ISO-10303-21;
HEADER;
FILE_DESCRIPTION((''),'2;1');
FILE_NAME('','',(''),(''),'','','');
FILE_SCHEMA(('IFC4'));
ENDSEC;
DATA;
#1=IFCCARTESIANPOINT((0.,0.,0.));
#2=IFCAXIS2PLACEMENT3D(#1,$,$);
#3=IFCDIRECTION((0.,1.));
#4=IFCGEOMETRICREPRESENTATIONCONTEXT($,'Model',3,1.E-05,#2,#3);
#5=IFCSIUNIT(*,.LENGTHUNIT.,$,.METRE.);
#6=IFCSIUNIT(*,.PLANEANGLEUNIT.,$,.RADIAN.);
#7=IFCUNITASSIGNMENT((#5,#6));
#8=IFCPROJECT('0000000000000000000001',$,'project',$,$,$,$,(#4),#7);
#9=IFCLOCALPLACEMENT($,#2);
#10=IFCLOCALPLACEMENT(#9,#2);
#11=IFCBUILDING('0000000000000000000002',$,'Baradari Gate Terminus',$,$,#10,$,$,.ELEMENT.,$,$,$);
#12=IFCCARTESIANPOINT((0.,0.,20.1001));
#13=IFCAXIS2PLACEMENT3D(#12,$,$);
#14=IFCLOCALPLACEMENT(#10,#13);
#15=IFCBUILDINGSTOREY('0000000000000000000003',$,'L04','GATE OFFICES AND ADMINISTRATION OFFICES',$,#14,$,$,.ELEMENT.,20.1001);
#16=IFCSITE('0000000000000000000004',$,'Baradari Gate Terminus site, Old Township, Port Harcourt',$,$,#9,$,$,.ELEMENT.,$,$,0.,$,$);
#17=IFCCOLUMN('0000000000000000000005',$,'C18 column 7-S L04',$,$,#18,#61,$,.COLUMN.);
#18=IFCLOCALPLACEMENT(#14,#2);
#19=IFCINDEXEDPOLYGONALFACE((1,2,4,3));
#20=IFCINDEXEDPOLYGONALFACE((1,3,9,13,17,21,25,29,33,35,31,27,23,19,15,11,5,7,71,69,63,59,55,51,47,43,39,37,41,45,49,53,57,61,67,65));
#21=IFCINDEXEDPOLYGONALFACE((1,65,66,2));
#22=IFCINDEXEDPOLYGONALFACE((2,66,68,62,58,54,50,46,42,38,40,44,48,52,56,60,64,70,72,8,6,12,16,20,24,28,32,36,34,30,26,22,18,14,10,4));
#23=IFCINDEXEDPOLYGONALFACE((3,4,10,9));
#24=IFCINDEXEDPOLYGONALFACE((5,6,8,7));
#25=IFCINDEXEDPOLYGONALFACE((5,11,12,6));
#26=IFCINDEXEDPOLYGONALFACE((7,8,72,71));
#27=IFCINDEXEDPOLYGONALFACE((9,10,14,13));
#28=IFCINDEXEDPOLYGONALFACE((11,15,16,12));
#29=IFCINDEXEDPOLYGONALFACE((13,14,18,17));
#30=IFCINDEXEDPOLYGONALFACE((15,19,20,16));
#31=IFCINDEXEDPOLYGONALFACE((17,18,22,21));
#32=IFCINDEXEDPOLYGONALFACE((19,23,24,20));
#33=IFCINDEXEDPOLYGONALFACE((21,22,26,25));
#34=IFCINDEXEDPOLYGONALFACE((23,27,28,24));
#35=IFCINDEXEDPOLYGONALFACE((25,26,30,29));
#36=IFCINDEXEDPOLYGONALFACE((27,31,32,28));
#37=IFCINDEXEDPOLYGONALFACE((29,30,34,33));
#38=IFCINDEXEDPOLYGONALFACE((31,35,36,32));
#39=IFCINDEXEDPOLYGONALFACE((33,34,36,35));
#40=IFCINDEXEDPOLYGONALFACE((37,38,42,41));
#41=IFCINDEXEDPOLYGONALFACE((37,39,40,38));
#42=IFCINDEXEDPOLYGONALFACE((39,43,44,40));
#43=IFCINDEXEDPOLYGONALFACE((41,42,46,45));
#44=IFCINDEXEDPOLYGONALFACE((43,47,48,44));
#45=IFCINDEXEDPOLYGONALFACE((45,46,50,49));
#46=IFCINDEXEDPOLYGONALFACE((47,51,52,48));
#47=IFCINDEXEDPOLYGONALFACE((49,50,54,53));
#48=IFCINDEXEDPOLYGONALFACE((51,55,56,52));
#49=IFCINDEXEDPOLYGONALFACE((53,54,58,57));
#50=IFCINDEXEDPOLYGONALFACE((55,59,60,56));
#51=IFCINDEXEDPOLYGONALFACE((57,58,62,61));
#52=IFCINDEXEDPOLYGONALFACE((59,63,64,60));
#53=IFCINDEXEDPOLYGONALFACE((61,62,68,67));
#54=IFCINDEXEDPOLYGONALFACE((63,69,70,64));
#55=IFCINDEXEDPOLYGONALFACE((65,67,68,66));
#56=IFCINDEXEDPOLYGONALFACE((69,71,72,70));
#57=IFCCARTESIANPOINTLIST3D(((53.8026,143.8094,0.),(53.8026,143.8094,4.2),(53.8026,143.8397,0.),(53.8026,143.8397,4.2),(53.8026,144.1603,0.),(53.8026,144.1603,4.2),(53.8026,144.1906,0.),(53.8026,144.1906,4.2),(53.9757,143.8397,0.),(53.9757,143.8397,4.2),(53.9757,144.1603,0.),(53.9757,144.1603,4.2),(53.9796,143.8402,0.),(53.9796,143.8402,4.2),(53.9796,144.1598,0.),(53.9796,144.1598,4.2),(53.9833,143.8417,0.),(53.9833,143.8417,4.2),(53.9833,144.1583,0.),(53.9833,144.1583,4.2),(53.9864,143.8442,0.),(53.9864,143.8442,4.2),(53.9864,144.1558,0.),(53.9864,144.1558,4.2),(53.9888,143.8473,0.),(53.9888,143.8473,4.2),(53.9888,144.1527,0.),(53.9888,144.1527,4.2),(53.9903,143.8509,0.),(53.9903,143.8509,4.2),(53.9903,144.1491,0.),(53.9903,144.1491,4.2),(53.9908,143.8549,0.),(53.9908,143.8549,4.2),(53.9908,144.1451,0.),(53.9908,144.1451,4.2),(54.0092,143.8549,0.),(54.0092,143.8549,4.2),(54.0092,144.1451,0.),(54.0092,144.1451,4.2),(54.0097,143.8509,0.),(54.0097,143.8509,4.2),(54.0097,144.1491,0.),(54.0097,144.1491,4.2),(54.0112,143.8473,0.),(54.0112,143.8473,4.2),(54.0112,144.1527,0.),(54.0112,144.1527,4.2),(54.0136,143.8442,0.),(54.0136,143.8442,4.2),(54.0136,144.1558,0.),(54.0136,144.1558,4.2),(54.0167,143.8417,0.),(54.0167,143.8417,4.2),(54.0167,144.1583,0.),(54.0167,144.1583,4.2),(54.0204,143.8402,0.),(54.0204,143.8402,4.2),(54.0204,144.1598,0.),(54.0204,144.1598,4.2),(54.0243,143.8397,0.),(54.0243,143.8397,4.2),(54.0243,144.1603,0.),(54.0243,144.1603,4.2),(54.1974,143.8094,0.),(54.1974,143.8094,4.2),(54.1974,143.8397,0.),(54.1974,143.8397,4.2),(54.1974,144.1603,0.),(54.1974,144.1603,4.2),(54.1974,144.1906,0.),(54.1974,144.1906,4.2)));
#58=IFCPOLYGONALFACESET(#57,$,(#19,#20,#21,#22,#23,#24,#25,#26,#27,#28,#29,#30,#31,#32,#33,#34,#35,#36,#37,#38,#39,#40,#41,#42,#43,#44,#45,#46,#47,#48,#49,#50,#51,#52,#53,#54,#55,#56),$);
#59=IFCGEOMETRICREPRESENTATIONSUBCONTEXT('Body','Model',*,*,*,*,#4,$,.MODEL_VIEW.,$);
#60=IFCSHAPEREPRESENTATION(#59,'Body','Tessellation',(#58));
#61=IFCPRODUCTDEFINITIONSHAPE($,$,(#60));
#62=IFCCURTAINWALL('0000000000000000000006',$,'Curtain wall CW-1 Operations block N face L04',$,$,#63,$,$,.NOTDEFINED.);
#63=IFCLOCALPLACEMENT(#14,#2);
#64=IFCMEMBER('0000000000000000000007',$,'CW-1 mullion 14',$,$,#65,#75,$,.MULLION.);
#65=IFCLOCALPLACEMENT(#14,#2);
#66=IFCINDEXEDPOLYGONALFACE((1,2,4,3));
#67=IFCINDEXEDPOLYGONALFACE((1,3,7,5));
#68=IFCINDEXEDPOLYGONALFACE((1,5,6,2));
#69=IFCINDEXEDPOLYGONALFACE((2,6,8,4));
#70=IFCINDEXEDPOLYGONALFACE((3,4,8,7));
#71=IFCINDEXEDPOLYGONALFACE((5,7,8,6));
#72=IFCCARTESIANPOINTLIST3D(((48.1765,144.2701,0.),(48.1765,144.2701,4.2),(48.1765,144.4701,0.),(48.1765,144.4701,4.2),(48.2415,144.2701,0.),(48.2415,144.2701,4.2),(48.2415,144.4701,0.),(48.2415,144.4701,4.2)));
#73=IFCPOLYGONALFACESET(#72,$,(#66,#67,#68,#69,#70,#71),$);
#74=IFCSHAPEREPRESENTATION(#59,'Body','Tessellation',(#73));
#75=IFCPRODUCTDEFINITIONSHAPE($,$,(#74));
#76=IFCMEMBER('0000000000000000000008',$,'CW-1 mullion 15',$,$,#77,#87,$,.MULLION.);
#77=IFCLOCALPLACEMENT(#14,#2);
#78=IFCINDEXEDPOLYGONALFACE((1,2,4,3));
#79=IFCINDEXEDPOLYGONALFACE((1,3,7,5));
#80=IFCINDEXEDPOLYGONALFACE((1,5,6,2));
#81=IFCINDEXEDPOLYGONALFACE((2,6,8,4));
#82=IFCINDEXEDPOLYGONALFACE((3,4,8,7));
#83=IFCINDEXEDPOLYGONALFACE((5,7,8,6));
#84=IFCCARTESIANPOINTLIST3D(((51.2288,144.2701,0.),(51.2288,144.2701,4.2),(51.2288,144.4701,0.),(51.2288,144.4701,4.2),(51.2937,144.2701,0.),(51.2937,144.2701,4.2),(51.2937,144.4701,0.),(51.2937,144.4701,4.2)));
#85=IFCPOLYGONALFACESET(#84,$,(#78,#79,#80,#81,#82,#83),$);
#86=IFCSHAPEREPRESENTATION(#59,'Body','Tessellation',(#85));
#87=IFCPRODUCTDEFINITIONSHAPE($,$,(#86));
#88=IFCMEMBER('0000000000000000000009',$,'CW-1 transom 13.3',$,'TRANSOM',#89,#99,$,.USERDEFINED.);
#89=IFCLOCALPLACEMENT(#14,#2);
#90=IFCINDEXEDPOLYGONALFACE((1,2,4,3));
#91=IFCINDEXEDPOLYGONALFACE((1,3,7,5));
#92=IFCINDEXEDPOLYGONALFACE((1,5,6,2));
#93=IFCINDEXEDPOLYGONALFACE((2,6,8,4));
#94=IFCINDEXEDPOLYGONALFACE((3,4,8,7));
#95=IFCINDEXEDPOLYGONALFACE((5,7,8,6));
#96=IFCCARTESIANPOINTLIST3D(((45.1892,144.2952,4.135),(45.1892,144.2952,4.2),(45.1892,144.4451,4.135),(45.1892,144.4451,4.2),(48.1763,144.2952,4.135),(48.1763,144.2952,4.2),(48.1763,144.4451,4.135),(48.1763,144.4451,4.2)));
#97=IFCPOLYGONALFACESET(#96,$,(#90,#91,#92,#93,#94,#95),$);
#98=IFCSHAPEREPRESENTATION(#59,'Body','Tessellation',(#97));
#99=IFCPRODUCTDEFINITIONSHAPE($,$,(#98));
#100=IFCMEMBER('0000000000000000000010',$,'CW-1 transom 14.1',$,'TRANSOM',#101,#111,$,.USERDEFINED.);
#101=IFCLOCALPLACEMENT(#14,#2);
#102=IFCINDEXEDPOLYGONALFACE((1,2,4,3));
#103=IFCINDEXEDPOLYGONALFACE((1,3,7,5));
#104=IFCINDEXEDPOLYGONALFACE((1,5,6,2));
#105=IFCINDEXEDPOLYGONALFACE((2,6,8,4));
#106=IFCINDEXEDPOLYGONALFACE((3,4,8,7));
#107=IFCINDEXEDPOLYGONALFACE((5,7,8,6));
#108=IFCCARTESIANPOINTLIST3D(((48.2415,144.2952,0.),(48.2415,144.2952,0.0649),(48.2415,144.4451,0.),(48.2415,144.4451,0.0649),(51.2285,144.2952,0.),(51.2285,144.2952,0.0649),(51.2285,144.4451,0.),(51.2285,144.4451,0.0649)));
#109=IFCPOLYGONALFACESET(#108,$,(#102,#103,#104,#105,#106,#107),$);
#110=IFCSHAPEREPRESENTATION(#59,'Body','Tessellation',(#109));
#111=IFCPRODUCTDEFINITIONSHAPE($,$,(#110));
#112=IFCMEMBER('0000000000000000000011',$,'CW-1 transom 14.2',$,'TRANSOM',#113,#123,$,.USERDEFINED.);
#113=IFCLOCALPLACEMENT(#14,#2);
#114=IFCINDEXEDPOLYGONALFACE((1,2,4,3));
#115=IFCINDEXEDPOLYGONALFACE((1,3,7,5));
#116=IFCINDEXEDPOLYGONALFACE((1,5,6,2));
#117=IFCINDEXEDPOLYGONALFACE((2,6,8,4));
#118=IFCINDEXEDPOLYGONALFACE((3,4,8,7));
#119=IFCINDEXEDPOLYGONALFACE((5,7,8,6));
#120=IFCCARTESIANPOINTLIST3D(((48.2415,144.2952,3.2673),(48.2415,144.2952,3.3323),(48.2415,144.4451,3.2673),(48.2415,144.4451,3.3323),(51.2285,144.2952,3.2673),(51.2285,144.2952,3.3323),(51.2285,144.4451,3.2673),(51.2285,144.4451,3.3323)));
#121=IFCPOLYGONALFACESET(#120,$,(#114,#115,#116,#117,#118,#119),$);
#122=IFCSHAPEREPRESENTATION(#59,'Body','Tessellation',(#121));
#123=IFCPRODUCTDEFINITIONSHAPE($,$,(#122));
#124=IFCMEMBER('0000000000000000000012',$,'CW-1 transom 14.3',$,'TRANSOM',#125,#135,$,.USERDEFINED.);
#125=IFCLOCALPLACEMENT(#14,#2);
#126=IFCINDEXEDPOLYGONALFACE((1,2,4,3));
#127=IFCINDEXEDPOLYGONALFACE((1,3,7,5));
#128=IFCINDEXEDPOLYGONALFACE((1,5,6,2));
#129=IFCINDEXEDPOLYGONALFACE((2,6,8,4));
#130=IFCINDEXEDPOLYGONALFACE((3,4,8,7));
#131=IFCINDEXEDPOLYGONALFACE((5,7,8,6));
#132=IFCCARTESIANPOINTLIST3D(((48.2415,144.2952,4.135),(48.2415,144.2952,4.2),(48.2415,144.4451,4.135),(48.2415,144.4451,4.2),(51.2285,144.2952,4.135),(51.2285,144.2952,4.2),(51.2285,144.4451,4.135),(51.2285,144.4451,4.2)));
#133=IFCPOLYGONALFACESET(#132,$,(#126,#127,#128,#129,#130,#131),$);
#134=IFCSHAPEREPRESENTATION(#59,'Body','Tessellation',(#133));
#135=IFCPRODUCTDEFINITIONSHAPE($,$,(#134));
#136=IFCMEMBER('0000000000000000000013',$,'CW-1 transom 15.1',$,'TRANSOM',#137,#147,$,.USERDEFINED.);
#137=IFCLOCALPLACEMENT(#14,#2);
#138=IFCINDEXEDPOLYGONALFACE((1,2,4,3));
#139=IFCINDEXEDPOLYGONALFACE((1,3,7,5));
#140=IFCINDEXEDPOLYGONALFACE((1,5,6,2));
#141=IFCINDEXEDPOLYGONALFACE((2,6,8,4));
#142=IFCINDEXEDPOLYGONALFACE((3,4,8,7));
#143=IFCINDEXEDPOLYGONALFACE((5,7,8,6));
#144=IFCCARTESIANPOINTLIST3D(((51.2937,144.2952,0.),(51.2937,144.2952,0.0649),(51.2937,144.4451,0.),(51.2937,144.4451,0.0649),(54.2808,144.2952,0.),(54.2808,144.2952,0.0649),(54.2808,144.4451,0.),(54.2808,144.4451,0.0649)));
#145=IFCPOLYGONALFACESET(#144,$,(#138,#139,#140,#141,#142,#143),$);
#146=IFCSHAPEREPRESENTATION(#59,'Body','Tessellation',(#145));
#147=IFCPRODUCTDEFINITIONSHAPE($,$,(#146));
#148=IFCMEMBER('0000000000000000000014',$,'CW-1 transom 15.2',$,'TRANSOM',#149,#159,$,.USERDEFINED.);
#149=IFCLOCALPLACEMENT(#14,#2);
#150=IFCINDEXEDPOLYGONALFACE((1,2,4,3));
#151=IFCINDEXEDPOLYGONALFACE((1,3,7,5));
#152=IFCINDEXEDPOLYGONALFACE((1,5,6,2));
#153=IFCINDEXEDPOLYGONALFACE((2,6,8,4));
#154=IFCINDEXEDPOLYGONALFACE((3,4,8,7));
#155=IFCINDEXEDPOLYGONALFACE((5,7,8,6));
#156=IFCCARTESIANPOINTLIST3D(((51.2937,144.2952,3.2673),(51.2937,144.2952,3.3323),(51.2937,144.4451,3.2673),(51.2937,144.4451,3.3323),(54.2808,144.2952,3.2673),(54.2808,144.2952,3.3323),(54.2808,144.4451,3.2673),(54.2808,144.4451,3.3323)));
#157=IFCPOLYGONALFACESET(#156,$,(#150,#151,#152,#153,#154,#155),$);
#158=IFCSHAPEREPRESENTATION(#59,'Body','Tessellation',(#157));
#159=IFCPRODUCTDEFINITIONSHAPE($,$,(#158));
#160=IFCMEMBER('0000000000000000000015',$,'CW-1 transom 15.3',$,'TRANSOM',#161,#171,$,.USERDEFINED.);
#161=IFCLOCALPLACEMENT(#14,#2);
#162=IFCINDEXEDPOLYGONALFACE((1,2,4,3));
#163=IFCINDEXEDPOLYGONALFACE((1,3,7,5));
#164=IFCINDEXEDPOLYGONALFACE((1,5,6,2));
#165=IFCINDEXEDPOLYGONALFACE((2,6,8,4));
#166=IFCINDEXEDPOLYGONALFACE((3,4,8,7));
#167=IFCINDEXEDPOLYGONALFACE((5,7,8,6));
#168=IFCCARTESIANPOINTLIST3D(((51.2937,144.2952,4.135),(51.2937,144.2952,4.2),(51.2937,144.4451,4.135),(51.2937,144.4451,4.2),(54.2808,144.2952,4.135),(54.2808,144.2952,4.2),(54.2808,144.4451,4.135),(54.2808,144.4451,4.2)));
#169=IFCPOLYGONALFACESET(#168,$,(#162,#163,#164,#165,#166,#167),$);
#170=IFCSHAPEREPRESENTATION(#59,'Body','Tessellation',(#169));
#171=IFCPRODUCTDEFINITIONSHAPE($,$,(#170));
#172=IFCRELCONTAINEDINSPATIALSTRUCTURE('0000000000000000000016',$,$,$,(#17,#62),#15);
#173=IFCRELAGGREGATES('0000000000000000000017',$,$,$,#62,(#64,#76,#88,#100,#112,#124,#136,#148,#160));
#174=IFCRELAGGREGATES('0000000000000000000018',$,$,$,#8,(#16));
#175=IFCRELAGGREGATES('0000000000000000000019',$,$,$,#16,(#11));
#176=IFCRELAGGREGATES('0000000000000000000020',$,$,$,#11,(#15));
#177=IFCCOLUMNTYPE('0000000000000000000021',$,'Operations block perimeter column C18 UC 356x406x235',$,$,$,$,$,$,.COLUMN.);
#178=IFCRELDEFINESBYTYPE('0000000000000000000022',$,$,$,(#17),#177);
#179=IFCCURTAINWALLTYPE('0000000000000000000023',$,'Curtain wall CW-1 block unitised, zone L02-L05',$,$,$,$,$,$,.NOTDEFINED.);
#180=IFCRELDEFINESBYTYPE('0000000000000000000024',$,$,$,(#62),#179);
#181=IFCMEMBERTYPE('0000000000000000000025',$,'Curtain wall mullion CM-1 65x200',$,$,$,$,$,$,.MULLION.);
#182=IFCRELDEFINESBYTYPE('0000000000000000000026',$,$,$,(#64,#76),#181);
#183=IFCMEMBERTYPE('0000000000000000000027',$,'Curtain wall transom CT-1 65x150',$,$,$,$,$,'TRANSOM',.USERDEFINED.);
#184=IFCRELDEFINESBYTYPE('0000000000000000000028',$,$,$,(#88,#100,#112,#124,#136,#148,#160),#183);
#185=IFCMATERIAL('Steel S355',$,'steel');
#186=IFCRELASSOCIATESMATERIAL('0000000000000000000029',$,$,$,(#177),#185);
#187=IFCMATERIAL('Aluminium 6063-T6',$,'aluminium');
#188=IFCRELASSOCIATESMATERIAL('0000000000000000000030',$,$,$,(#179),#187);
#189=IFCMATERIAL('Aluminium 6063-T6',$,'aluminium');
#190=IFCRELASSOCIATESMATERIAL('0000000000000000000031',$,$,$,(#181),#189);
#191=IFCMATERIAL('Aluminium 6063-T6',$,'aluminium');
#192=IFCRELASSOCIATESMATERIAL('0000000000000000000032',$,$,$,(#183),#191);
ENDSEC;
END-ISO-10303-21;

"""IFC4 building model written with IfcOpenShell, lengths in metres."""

from ifc_helpers import new_model, si_unit, direction, frame, origin, origin_2d, place, context, subcontext, project, spatial, rectangle, i_section, extrude, material, material_profile, profile_set, type_object, element, aggregate, save


model = new_model("IFC4")

# Units and contexts
model_context = context("Model", 3, precision=1e-05, world=origin(), true_north=direction((0.0, 1.0)))
body_context = subcontext(model_context, "Body", "Model", "MODEL_VIEW")
ifc_project = project(units=[si_unit("LENGTHUNIT", "METRE"), si_unit("PLANEANGLEUNIT", "RADIAN")], contexts=[model_context])

# Site, building, storey
site_placement = place(None, origin())
site = spatial("IfcSite", under=ifc_project, at=site_placement, Name="Baradari Gate Terminus site, Old Township, Port Harcourt", CompositionType="ELEMENT", RefElevation=0.0)
building_placement = place(site_placement, origin())
building = spatial("IfcBuilding", under=site, at=building_placement, Name="Baradari Gate Terminus", CompositionType="ELEMENT")
storey_placement = place(building_placement, frame((0.0, 0.0, 20.1001)))
storey = spatial("IfcBuildingStorey", under=building, at=storey_placement, Name="L04", Description="GATE OFFICES AND ADMINISTRATION OFFICES", CompositionType="ELEMENT", Elevation=20.1001)

# Column
ifc_material_1 = material(Name="Steel S355", Category="steel")
ifc_material_profile_1 = material_profile(ifc_material_1, i_section(OverallWidth=0.3948, OverallDepth=0.3811, WebThickness=0.0183, FlangeThickness=0.0303, FilletRadius=0.0151, at=origin_2d()), Name="UC 356x406x235")
ifc_profile_set_1 = profile_set([ifc_material_profile_1], Name="Steel S355")
column_type = type_object("IfcColumnType", Name="Operations block perimeter column C18 UC 356x406x235", PredefinedType="COLUMN", material=ifc_profile_set_1)
column_placement = place(storey_placement, frame((54.0, 144.0, 0.0), z_axis=(0.0, 0.0, 1.0), x_axis=(1.0, 0.0, 0.0)))
element("IfcColumn", 1, at=column_placement, inside=storey, type_object=column_type, Name="C18 column 7-S L04", PredefinedType="COLUMN", context=body_context, shape_type="SweptSolid", body=[
    extrude(i_section(OverallWidth=0.3948, OverallDepth=0.3811, WebThickness=0.0183, FlangeThickness=0.0303, FilletRadius=0.0151, at=origin_2d()), origin(), (0.0, 0.0, 1.0), 4.2),
])

# Curtain wall, members
ifc_material_2 = material(Name="Aluminium 6063-T6", Category="aluminium")
curtain_wall_type = type_object("IfcCurtainWallType", Name="Curtain wall CW-1 block unitised, zone L02-L05", PredefinedType="NOTDEFINED", material=ifc_material_2)
curtain_wall_placement = place(storey_placement, origin())
curtain_wall = element("IfcCurtainWall", 2, at=curtain_wall_placement, inside=storey, type_object=curtain_wall_type, Name="Curtain wall CW-1 Operations block N face L04", PredefinedType="NOTDEFINED")
ifc_material_3 = material(Name="Aluminium 6063-T6", Category="aluminium")
ifc_material_profile_2 = material_profile(ifc_material_3, rectangle(XDim=0.2, YDim=0.0649, at=origin_2d()), Name="CM-1 65X200")
ifc_profile_set_2 = profile_set([ifc_material_profile_2], Name="Aluminium 6063-T6")
member_type_1 = type_object("IfcMemberType", Name="Curtain wall mullion CM-1 65x200", PredefinedType="MULLION", material=ifc_profile_set_2)
member_1_placement = place(storey_placement, frame((48.209, 144.3701, 0.0), z_axis=(0.0, 0.0, 1.0), x_axis=(0.0, 1.0, 0.0)))
member_1 = element("IfcMember", 3, at=member_1_placement, type_object=member_type_1, Name="CW-1 mullion 14", PredefinedType="MULLION", context=body_context, shape_type="SweptSolid", body=[
    extrude(rectangle(XDim=0.2, YDim=0.0649, at=origin_2d()), origin(), (0.0, 0.0, 1.0), 4.2),
])
member_2_placement = place(storey_placement, frame((51.2612, 144.3701, 0.0), z_axis=(0.0, 0.0, 1.0), x_axis=(0.0, 1.0, 0.0)))
member_2 = element("IfcMember", 4, at=member_2_placement, type_object=member_type_1, Name="CW-1 mullion 15", PredefinedType="MULLION", context=body_context, shape_type="SweptSolid", body=[
    extrude(rectangle(XDim=0.2, YDim=0.0649, at=origin_2d()), origin(), (0.0, 0.0, 1.0), 4.2),
])
ifc_material_4 = material(Name="Aluminium 6063-T6", Category="aluminium")
ifc_material_profile_3 = material_profile(ifc_material_4, rectangle(XDim=0.1499, YDim=0.0649, at=origin_2d()), Name="CT-1 65X150")
ifc_profile_set_3 = profile_set([ifc_material_profile_3], Name="Aluminium 6063-T6")
member_type_2 = type_object("IfcMemberType", Name="Curtain wall transom CT-1 65x150", ElementType="TRANSOM", PredefinedType="USERDEFINED", material=ifc_profile_set_3)
member_3_placement = place(storey_placement, frame((45.1892, 144.3701, 4.1675), z_axis=(1.0, 0.0, 0.0), x_axis=(0.0, 1.0, 0.0)))
member_3 = element("IfcMember", 5, at=member_3_placement, type_object=member_type_2, Name="CW-1 transom 13.3", ObjectType="TRANSOM", PredefinedType="USERDEFINED", context=body_context, shape_type="SweptSolid", body=[
    extrude(rectangle(XDim=0.1499, YDim=0.0649, at=origin_2d()), origin(), (0.0, 0.0, 1.0), 2.9871),
])
member_4_placement = place(storey_placement, frame((48.2415, 144.3701, 0.0325), z_axis=(1.0, 0.0, 0.0), x_axis=(0.0, 1.0, 0.0)))
member_4 = element("IfcMember", 6, at=member_4_placement, type_object=member_type_2, Name="CW-1 transom 14.1", ObjectType="TRANSOM", PredefinedType="USERDEFINED", context=body_context, shape_type="SweptSolid", body=[
    extrude(rectangle(XDim=0.1499, YDim=0.0649, at=origin_2d()), origin(), (0.0, 0.0, 1.0), 2.9871),
])
member_5_placement = place(storey_placement, frame((48.2415, 144.3701, 3.2998), z_axis=(1.0, 0.0, 0.0), x_axis=(0.0, 1.0, 0.0)))
member_5 = element("IfcMember", 7, at=member_5_placement, type_object=member_type_2, Name="CW-1 transom 14.2", ObjectType="TRANSOM", PredefinedType="USERDEFINED", context=body_context, shape_type="SweptSolid", body=[
    extrude(rectangle(XDim=0.1499, YDim=0.0649, at=origin_2d()), origin(), (0.0, 0.0, 1.0), 2.9871),
])
member_6_placement = place(storey_placement, frame((48.2415, 144.3701, 4.1675), z_axis=(1.0, 0.0, 0.0), x_axis=(0.0, 1.0, 0.0)))
member_6 = element("IfcMember", 8, at=member_6_placement, type_object=member_type_2, Name="CW-1 transom 14.3", ObjectType="TRANSOM", PredefinedType="USERDEFINED", context=body_context, shape_type="SweptSolid", body=[
    extrude(rectangle(XDim=0.1499, YDim=0.0649, at=origin_2d()), origin(), (0.0, 0.0, 1.0), 2.9871),
])
member_7_placement = place(storey_placement, frame((51.2937, 144.3701, 0.0325), z_axis=(1.0, 0.0, 0.0), x_axis=(0.0, 1.0, 0.0)))
member_7 = element("IfcMember", 9, at=member_7_placement, type_object=member_type_2, Name="CW-1 transom 15.1", ObjectType="TRANSOM", PredefinedType="USERDEFINED", context=body_context, shape_type="SweptSolid", body=[
    extrude(rectangle(XDim=0.1499, YDim=0.0649, at=origin_2d()), origin(), (0.0, 0.0, 1.0), 2.9871),
])
member_8_placement = place(storey_placement, frame((51.2937, 144.3701, 3.2998), z_axis=(1.0, 0.0, 0.0), x_axis=(0.0, 1.0, 0.0)))
member_8 = element("IfcMember", 10, at=member_8_placement, type_object=member_type_2, Name="CW-1 transom 15.2", ObjectType="TRANSOM", PredefinedType="USERDEFINED", context=body_context, shape_type="SweptSolid", body=[
    extrude(rectangle(XDim=0.1499, YDim=0.0649, at=origin_2d()), origin(), (0.0, 0.0, 1.0), 2.9871),
])
member_9_placement = place(storey_placement, frame((51.2937, 144.3701, 4.1675), z_axis=(1.0, 0.0, 0.0), x_axis=(0.0, 1.0, 0.0)))
member_9 = element("IfcMember", 11, at=member_9_placement, type_object=member_type_2, Name="CW-1 transom 15.3", ObjectType="TRANSOM", PredefinedType="USERDEFINED", context=body_context, shape_type="SweptSolid", body=[
    extrude(rectangle(XDim=0.1499, YDim=0.0649, at=origin_2d()), origin(), (0.0, 0.0, 1.0), 2.9871),
])

aggregate(curtain_wall, [member_1, member_2, member_3, member_4, member_5, member_6, member_7, member_8, member_9])

save(model, "model.ifc")
